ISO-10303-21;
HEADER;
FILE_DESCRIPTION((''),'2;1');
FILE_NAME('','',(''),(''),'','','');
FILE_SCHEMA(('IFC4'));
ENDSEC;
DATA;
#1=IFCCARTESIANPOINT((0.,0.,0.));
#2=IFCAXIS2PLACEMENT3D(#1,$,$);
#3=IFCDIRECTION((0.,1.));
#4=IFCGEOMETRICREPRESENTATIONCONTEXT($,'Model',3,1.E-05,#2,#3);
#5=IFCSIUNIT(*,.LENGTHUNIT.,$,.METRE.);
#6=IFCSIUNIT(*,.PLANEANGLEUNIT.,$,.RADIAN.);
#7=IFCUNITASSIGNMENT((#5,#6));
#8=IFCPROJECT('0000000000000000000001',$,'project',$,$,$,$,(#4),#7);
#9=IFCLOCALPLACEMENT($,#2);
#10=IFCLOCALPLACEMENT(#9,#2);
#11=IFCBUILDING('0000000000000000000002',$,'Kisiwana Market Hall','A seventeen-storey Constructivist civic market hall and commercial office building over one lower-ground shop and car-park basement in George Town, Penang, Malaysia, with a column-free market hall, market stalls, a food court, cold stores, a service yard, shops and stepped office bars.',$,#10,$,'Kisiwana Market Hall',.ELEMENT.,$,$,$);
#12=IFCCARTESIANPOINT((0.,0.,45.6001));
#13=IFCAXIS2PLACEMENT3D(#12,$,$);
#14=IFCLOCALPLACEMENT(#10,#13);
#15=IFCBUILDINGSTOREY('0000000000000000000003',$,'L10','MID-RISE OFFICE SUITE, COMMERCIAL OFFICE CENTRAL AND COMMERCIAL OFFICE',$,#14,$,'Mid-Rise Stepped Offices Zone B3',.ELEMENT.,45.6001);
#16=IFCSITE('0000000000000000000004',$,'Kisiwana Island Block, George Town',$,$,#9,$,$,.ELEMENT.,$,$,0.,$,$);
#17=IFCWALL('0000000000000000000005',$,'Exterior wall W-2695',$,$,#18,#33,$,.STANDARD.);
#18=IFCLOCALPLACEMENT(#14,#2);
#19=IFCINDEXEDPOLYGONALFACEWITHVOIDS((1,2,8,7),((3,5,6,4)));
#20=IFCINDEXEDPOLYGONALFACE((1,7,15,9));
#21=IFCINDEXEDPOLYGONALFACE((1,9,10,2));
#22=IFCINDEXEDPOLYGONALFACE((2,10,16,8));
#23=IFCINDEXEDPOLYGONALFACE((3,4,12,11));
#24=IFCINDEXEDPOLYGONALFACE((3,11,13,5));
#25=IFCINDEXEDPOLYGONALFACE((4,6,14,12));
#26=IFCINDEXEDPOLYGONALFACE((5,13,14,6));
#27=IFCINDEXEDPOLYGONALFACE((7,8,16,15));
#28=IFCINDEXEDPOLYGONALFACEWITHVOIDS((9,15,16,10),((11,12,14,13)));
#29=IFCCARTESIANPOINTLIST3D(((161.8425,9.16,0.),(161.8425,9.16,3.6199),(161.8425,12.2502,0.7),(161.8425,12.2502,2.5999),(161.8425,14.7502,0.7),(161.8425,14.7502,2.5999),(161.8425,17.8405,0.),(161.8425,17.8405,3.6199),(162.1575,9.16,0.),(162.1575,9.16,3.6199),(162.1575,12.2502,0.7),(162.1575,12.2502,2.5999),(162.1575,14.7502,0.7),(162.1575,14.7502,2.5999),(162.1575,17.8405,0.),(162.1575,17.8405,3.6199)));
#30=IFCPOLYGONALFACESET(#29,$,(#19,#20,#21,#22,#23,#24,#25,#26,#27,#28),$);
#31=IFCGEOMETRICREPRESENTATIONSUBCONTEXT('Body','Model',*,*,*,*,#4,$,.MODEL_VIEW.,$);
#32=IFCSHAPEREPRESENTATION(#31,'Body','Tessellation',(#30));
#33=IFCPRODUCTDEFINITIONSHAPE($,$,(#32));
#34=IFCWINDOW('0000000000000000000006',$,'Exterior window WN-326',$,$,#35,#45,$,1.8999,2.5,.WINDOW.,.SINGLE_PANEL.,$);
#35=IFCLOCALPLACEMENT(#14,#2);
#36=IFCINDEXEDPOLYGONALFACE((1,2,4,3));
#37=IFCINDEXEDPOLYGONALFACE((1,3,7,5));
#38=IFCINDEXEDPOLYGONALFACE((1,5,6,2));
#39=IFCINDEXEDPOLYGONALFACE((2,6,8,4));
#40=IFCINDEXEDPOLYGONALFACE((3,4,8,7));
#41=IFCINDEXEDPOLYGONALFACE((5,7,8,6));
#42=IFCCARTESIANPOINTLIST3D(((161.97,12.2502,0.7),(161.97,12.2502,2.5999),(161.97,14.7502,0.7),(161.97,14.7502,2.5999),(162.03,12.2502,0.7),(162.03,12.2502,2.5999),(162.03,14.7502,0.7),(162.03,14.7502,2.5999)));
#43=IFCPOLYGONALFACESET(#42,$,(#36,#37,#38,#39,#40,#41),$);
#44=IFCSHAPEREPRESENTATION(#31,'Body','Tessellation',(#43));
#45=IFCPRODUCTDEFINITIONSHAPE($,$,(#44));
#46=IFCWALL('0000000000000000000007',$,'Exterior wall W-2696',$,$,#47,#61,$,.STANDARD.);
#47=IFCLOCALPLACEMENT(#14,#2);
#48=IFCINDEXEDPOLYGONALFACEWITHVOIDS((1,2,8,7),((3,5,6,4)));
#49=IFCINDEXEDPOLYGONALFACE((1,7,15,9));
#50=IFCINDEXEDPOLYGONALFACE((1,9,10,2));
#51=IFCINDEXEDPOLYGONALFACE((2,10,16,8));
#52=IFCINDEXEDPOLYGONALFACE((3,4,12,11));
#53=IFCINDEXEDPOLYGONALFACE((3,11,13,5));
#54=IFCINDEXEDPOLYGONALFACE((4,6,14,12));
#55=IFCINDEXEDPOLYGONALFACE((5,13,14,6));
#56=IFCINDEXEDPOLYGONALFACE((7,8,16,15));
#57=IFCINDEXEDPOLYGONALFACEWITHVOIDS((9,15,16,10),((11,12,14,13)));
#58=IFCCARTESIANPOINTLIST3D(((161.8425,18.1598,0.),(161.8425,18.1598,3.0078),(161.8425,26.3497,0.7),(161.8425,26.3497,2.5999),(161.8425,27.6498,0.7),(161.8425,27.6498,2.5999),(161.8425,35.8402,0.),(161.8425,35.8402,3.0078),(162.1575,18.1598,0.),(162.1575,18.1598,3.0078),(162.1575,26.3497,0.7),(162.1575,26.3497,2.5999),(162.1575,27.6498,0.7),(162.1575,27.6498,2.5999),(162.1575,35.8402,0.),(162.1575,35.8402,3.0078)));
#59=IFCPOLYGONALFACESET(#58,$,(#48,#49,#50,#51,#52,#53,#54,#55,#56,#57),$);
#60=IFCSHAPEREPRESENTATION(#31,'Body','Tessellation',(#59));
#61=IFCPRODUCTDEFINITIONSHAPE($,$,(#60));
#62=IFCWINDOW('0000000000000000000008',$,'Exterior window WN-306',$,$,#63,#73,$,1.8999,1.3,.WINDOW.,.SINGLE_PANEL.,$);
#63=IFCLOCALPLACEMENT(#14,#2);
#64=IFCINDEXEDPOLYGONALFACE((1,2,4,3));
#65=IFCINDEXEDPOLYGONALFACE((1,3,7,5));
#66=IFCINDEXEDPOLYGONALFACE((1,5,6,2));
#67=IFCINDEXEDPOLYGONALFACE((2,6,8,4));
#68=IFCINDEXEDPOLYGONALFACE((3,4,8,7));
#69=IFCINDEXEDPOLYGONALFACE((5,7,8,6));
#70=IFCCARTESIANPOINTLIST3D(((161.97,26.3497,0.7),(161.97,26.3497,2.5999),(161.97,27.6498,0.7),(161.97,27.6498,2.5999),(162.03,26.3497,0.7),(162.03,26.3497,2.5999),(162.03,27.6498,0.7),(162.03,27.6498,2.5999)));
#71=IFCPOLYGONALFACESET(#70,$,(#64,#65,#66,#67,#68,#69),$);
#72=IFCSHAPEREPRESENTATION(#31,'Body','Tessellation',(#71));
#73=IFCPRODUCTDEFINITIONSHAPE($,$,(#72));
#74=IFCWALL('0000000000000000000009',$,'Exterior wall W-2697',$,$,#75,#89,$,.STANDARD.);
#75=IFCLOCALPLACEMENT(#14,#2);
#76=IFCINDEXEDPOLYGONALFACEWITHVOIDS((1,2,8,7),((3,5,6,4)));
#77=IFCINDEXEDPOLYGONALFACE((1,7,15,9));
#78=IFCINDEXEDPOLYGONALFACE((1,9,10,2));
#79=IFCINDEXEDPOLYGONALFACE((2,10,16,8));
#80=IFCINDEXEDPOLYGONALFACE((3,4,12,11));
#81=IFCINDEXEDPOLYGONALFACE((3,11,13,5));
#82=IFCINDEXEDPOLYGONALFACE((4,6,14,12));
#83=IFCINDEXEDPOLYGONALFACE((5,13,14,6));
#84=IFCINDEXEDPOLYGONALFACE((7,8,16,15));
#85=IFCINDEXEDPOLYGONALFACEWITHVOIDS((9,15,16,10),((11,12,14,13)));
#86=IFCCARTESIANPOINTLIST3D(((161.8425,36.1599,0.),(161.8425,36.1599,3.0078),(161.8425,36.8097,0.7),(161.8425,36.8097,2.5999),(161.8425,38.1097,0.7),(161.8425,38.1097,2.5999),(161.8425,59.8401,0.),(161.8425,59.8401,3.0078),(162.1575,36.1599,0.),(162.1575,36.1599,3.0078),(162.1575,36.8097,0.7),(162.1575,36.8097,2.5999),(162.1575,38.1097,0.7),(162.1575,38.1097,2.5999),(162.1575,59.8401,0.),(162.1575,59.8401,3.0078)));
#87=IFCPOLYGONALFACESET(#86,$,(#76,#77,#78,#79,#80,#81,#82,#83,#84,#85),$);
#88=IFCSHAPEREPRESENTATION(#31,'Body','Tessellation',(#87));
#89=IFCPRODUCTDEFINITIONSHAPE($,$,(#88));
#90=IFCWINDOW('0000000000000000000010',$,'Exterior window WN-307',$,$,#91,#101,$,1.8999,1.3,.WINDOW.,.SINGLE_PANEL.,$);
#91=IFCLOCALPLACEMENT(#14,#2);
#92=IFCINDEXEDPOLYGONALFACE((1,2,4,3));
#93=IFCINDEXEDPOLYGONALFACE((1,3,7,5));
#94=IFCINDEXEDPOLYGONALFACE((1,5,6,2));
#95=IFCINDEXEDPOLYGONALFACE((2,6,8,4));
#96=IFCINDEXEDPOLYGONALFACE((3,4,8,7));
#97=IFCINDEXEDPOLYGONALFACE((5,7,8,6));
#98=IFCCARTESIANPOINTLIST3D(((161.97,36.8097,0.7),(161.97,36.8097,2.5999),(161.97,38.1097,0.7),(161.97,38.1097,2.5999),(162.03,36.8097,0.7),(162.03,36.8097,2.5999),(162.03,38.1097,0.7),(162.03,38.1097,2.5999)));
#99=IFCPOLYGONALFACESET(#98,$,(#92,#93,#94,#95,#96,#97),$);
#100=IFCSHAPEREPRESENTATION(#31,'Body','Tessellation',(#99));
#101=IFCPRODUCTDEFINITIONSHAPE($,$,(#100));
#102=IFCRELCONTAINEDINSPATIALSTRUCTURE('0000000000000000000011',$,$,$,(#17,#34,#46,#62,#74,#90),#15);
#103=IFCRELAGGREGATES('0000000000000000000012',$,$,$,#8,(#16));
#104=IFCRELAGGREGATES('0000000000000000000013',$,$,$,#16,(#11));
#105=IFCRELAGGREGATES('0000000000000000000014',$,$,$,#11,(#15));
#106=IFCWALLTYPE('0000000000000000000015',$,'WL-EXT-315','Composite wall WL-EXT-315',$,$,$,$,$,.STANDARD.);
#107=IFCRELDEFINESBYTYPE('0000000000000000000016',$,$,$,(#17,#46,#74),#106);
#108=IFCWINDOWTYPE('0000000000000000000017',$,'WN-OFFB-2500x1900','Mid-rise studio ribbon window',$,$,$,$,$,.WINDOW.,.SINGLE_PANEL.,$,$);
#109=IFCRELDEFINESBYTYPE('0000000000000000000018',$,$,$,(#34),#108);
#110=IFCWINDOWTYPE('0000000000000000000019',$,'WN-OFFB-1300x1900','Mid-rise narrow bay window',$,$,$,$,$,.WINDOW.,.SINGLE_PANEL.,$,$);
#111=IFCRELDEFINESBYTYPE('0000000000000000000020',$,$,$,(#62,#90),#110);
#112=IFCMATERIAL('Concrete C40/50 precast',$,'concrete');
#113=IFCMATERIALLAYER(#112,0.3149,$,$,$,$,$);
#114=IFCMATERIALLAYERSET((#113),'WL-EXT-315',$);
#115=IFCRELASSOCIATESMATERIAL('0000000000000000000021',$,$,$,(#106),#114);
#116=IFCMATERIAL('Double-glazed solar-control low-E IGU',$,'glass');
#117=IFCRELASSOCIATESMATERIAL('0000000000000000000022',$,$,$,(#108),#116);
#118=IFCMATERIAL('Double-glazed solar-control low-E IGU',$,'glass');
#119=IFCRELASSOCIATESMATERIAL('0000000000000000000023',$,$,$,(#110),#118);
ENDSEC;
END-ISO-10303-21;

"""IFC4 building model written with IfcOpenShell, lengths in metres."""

from ifc_helpers import new_model, si_unit, direction, frame, frame_2d, origin, place, context, subcontext, project, spatial, rectangle, extrude, material, layer, layer_set, type_object, element, fill, save


model = new_model("IFC4")

# Units and contexts
model_context = context("Model", 3, precision=1e-05, world=origin(), true_north=direction((0.0, 1.0)))
body_context = subcontext(model_context, "Body", "Model", "MODEL_VIEW")
ifc_project = project(units=[si_unit("LENGTHUNIT", "METRE"), si_unit("PLANEANGLEUNIT", "RADIAN")], contexts=[model_context])

# Site, building, storey
site_placement = place(None, origin())
site = spatial("IfcSite", under=ifc_project, at=site_placement, Name="Kisiwana Island Block, George Town", CompositionType="ELEMENT", RefElevation=0.0)
building_placement = place(site_placement, origin())
building = spatial("IfcBuilding", under=site, at=building_placement, Name="Kisiwana Market Hall", Description="A seventeen-storey Constructivist civic market hall and commercial office building over one lower-ground shop and car-park basement in George Town, Penang, Malaysia, with a column-free market hall, market stalls, a food court, cold stores, a service yard, shops and stepped office bars.", LongName="Kisiwana Market Hall", CompositionType="ELEMENT")
storey_placement = place(building_placement, frame((0.0, 0.0, 45.6001)))
storey = spatial("IfcBuildingStorey", under=building, at=storey_placement, Name="L10", Description="MID-RISE OFFICE SUITE, COMMERCIAL OFFICE CENTRAL AND COMMERCIAL OFFICE", LongName="Mid-Rise Stepped Offices Zone B3", CompositionType="ELEMENT", Elevation=45.6001)

# Walls, openings, windows
ifc_material_1 = material(Name="Concrete C40/50 precast", Category="concrete")
ifc_layer = layer(ifc_material_1, 0.3149)
ifc_layer_set = layer_set([ifc_layer], Name="WL-EXT-315")
wall_type = type_object("IfcWallType", Name="WL-EXT-315", Description="Composite wall WL-EXT-315", PredefinedType="STANDARD", material=ifc_layer_set)
wall_1_placement = place(storey_placement, frame((162.0, 9.1599, 0.0), z_axis=(0.0, 0.0, 1.0), x_axis=(0.0, 1.0, 0.0)))
wall_1 = element("IfcWall", 1, at=wall_1_placement, inside=storey, type_object=wall_type, Name="Exterior wall W-2695", PredefinedType="STANDARD", context=body_context, shape_type="SweptSolid", body=[
    extrude(rectangle(XDim=8.6804, YDim=0.3149, at=frame_2d((4.3403, 0.0))), origin(), (0.0, 0.0, 1.0), 3.6199),
])
opening_1_placement = place(wall_1_placement, frame((3.0903, 0.0, 0.7)))
opening_1 = element("IfcOpeningElement", 2, at=opening_1_placement, cuts=wall_1, PredefinedType="OPENING", context=body_context, shape_type="SweptSolid", body=[
    extrude(rectangle(XDim=2.5, YDim=1.8999, at=frame_2d((1.25, 0.95))), frame((0.0, 0.1694, 0.0), z_axis=(0.0, -1.0, 0.0), x_axis=(1.0, 0.0, 0.0)), (0.0, 0.0, 1.0), 0.3389),
])
ifc_material_2 = material(Name="Double-glazed solar-control low-E IGU", Category="glass")
window_type_1 = type_object("IfcWindowType", Name="WN-OFFB-2500x1900", Description="Mid-rise studio ribbon window", PartitioningType="SINGLE_PANEL", PredefinedType="WINDOW", material=ifc_material_2)
window_1_placement = place(opening_1_placement, origin())
window_1 = element("IfcWindow", 3, at=window_1_placement, inside=storey, type_object=window_type_1, Name="Exterior window WN-326", OverallHeight=1.8999, OverallWidth=2.5, PartitioningType="SINGLE_PANEL", PredefinedType="WINDOW", context=body_context, shape_type="SweptSolid", body=[
    extrude(rectangle(XDim=2.5, YDim=1.8999, at=frame_2d((1.25, 0.95))), frame((0.0, 0.03, 0.0), z_axis=(0.0, -1.0, 0.0), x_axis=(1.0, 0.0, 0.0)), (0.0, 0.0, 1.0), 0.0601),
])
fill(opening_1, window_1)
wall_2_placement = place(storey_placement, frame((162.0, 18.1597, 0.0), z_axis=(0.0, 0.0, 1.0), x_axis=(0.0, 1.0, 0.0)))
wall_2 = element("IfcWall", 4, at=wall_2_placement, inside=storey, type_object=wall_type, Name="Exterior wall W-2696", PredefinedType="STANDARD", context=body_context, shape_type="SweptSolid", body=[
    extrude(rectangle(XDim=17.6804, YDim=0.3149, at=frame_2d((8.8403, 0.0))), origin(), (0.0, 0.0, 1.0), 3.0078),
])
opening_2_placement = place(wall_2_placement, frame((8.1902, 0.0, 0.7)))
opening_2 = element("IfcOpeningElement", 5, at=opening_2_placement, cuts=wall_2, PredefinedType="OPENING", context=body_context, shape_type="SweptSolid", body=[
    extrude(rectangle(XDim=1.3, YDim=1.8999, at=frame_2d((0.6499, 0.95))), frame((0.0, 0.1694, 0.0), z_axis=(0.0, -1.0, 0.0), x_axis=(1.0, 0.0, 0.0)), (0.0, 0.0, 1.0), 0.3389),
])
ifc_material_3 = material(Name="Double-glazed solar-control low-E IGU", Category="glass")
window_type_2 = type_object("IfcWindowType", Name="WN-OFFB-1300x1900", Description="Mid-rise narrow bay window", PartitioningType="SINGLE_PANEL", PredefinedType="WINDOW", material=ifc_material_3)
window_2_placement = place(opening_2_placement, origin())
window_2 = element("IfcWindow", 6, at=window_2_placement, inside=storey, type_object=window_type_2, Name="Exterior window WN-306", OverallHeight=1.8999, OverallWidth=1.3, PartitioningType="SINGLE_PANEL", PredefinedType="WINDOW", context=body_context, shape_type="SweptSolid", body=[
    extrude(rectangle(XDim=1.3, YDim=1.8999, at=frame_2d((0.6499, 0.95))), frame((0.0, 0.03, 0.0), z_axis=(0.0, -1.0, 0.0), x_axis=(1.0, 0.0, 0.0)), (0.0, 0.0, 1.0), 0.0601),
])
fill(opening_2, window_2)
wall_3_placement = place(storey_placement, frame((162.0, 36.1599, 0.0), z_axis=(0.0, 0.0, 1.0), x_axis=(0.0, 1.0, 0.0)))
wall_3 = element("IfcWall", 7, at=wall_3_placement, inside=storey, type_object=wall_type, Name="Exterior wall W-2697", PredefinedType="STANDARD", context=body_context, shape_type="SweptSolid", body=[
    extrude(rectangle(XDim=23.6802, YDim=0.3149, at=frame_2d((11.8401, 0.0))), origin(), (0.0, 0.0, 1.0), 3.0078),
])
opening_3_placement = place(wall_3_placement, frame((0.6499, 0.0, 0.7)))
opening_3 = element("IfcOpeningElement", 8, at=opening_3_placement, cuts=wall_3, PredefinedType="OPENING", context=body_context, shape_type="SweptSolid", body=[
    extrude(rectangle(XDim=1.3, YDim=1.8999, at=frame_2d((0.6499, 0.95))), frame((0.0, 0.1694, 0.0), z_axis=(0.0, -1.0, 0.0), x_axis=(1.0, 0.0, 0.0)), (0.0, 0.0, 1.0), 0.3389),
])
window_3_placement = place(opening_3_placement, origin())
window_3 = element("IfcWindow", 9, at=window_3_placement, inside=storey, type_object=window_type_2, Name="Exterior window WN-307", OverallHeight=1.8999, OverallWidth=1.3, PartitioningType="SINGLE_PANEL", PredefinedType="WINDOW", context=body_context, shape_type="SweptSolid", body=[
    extrude(rectangle(XDim=1.3, YDim=1.8999, at=frame_2d((0.6499, 0.95))), frame((0.0, 0.03, 0.0), z_axis=(0.0, -1.0, 0.0), x_axis=(1.0, 0.0, 0.0)), (0.0, 0.0, 1.0), 0.0601),
])
fill(opening_3, window_3)

save(model, "model.ifc")
